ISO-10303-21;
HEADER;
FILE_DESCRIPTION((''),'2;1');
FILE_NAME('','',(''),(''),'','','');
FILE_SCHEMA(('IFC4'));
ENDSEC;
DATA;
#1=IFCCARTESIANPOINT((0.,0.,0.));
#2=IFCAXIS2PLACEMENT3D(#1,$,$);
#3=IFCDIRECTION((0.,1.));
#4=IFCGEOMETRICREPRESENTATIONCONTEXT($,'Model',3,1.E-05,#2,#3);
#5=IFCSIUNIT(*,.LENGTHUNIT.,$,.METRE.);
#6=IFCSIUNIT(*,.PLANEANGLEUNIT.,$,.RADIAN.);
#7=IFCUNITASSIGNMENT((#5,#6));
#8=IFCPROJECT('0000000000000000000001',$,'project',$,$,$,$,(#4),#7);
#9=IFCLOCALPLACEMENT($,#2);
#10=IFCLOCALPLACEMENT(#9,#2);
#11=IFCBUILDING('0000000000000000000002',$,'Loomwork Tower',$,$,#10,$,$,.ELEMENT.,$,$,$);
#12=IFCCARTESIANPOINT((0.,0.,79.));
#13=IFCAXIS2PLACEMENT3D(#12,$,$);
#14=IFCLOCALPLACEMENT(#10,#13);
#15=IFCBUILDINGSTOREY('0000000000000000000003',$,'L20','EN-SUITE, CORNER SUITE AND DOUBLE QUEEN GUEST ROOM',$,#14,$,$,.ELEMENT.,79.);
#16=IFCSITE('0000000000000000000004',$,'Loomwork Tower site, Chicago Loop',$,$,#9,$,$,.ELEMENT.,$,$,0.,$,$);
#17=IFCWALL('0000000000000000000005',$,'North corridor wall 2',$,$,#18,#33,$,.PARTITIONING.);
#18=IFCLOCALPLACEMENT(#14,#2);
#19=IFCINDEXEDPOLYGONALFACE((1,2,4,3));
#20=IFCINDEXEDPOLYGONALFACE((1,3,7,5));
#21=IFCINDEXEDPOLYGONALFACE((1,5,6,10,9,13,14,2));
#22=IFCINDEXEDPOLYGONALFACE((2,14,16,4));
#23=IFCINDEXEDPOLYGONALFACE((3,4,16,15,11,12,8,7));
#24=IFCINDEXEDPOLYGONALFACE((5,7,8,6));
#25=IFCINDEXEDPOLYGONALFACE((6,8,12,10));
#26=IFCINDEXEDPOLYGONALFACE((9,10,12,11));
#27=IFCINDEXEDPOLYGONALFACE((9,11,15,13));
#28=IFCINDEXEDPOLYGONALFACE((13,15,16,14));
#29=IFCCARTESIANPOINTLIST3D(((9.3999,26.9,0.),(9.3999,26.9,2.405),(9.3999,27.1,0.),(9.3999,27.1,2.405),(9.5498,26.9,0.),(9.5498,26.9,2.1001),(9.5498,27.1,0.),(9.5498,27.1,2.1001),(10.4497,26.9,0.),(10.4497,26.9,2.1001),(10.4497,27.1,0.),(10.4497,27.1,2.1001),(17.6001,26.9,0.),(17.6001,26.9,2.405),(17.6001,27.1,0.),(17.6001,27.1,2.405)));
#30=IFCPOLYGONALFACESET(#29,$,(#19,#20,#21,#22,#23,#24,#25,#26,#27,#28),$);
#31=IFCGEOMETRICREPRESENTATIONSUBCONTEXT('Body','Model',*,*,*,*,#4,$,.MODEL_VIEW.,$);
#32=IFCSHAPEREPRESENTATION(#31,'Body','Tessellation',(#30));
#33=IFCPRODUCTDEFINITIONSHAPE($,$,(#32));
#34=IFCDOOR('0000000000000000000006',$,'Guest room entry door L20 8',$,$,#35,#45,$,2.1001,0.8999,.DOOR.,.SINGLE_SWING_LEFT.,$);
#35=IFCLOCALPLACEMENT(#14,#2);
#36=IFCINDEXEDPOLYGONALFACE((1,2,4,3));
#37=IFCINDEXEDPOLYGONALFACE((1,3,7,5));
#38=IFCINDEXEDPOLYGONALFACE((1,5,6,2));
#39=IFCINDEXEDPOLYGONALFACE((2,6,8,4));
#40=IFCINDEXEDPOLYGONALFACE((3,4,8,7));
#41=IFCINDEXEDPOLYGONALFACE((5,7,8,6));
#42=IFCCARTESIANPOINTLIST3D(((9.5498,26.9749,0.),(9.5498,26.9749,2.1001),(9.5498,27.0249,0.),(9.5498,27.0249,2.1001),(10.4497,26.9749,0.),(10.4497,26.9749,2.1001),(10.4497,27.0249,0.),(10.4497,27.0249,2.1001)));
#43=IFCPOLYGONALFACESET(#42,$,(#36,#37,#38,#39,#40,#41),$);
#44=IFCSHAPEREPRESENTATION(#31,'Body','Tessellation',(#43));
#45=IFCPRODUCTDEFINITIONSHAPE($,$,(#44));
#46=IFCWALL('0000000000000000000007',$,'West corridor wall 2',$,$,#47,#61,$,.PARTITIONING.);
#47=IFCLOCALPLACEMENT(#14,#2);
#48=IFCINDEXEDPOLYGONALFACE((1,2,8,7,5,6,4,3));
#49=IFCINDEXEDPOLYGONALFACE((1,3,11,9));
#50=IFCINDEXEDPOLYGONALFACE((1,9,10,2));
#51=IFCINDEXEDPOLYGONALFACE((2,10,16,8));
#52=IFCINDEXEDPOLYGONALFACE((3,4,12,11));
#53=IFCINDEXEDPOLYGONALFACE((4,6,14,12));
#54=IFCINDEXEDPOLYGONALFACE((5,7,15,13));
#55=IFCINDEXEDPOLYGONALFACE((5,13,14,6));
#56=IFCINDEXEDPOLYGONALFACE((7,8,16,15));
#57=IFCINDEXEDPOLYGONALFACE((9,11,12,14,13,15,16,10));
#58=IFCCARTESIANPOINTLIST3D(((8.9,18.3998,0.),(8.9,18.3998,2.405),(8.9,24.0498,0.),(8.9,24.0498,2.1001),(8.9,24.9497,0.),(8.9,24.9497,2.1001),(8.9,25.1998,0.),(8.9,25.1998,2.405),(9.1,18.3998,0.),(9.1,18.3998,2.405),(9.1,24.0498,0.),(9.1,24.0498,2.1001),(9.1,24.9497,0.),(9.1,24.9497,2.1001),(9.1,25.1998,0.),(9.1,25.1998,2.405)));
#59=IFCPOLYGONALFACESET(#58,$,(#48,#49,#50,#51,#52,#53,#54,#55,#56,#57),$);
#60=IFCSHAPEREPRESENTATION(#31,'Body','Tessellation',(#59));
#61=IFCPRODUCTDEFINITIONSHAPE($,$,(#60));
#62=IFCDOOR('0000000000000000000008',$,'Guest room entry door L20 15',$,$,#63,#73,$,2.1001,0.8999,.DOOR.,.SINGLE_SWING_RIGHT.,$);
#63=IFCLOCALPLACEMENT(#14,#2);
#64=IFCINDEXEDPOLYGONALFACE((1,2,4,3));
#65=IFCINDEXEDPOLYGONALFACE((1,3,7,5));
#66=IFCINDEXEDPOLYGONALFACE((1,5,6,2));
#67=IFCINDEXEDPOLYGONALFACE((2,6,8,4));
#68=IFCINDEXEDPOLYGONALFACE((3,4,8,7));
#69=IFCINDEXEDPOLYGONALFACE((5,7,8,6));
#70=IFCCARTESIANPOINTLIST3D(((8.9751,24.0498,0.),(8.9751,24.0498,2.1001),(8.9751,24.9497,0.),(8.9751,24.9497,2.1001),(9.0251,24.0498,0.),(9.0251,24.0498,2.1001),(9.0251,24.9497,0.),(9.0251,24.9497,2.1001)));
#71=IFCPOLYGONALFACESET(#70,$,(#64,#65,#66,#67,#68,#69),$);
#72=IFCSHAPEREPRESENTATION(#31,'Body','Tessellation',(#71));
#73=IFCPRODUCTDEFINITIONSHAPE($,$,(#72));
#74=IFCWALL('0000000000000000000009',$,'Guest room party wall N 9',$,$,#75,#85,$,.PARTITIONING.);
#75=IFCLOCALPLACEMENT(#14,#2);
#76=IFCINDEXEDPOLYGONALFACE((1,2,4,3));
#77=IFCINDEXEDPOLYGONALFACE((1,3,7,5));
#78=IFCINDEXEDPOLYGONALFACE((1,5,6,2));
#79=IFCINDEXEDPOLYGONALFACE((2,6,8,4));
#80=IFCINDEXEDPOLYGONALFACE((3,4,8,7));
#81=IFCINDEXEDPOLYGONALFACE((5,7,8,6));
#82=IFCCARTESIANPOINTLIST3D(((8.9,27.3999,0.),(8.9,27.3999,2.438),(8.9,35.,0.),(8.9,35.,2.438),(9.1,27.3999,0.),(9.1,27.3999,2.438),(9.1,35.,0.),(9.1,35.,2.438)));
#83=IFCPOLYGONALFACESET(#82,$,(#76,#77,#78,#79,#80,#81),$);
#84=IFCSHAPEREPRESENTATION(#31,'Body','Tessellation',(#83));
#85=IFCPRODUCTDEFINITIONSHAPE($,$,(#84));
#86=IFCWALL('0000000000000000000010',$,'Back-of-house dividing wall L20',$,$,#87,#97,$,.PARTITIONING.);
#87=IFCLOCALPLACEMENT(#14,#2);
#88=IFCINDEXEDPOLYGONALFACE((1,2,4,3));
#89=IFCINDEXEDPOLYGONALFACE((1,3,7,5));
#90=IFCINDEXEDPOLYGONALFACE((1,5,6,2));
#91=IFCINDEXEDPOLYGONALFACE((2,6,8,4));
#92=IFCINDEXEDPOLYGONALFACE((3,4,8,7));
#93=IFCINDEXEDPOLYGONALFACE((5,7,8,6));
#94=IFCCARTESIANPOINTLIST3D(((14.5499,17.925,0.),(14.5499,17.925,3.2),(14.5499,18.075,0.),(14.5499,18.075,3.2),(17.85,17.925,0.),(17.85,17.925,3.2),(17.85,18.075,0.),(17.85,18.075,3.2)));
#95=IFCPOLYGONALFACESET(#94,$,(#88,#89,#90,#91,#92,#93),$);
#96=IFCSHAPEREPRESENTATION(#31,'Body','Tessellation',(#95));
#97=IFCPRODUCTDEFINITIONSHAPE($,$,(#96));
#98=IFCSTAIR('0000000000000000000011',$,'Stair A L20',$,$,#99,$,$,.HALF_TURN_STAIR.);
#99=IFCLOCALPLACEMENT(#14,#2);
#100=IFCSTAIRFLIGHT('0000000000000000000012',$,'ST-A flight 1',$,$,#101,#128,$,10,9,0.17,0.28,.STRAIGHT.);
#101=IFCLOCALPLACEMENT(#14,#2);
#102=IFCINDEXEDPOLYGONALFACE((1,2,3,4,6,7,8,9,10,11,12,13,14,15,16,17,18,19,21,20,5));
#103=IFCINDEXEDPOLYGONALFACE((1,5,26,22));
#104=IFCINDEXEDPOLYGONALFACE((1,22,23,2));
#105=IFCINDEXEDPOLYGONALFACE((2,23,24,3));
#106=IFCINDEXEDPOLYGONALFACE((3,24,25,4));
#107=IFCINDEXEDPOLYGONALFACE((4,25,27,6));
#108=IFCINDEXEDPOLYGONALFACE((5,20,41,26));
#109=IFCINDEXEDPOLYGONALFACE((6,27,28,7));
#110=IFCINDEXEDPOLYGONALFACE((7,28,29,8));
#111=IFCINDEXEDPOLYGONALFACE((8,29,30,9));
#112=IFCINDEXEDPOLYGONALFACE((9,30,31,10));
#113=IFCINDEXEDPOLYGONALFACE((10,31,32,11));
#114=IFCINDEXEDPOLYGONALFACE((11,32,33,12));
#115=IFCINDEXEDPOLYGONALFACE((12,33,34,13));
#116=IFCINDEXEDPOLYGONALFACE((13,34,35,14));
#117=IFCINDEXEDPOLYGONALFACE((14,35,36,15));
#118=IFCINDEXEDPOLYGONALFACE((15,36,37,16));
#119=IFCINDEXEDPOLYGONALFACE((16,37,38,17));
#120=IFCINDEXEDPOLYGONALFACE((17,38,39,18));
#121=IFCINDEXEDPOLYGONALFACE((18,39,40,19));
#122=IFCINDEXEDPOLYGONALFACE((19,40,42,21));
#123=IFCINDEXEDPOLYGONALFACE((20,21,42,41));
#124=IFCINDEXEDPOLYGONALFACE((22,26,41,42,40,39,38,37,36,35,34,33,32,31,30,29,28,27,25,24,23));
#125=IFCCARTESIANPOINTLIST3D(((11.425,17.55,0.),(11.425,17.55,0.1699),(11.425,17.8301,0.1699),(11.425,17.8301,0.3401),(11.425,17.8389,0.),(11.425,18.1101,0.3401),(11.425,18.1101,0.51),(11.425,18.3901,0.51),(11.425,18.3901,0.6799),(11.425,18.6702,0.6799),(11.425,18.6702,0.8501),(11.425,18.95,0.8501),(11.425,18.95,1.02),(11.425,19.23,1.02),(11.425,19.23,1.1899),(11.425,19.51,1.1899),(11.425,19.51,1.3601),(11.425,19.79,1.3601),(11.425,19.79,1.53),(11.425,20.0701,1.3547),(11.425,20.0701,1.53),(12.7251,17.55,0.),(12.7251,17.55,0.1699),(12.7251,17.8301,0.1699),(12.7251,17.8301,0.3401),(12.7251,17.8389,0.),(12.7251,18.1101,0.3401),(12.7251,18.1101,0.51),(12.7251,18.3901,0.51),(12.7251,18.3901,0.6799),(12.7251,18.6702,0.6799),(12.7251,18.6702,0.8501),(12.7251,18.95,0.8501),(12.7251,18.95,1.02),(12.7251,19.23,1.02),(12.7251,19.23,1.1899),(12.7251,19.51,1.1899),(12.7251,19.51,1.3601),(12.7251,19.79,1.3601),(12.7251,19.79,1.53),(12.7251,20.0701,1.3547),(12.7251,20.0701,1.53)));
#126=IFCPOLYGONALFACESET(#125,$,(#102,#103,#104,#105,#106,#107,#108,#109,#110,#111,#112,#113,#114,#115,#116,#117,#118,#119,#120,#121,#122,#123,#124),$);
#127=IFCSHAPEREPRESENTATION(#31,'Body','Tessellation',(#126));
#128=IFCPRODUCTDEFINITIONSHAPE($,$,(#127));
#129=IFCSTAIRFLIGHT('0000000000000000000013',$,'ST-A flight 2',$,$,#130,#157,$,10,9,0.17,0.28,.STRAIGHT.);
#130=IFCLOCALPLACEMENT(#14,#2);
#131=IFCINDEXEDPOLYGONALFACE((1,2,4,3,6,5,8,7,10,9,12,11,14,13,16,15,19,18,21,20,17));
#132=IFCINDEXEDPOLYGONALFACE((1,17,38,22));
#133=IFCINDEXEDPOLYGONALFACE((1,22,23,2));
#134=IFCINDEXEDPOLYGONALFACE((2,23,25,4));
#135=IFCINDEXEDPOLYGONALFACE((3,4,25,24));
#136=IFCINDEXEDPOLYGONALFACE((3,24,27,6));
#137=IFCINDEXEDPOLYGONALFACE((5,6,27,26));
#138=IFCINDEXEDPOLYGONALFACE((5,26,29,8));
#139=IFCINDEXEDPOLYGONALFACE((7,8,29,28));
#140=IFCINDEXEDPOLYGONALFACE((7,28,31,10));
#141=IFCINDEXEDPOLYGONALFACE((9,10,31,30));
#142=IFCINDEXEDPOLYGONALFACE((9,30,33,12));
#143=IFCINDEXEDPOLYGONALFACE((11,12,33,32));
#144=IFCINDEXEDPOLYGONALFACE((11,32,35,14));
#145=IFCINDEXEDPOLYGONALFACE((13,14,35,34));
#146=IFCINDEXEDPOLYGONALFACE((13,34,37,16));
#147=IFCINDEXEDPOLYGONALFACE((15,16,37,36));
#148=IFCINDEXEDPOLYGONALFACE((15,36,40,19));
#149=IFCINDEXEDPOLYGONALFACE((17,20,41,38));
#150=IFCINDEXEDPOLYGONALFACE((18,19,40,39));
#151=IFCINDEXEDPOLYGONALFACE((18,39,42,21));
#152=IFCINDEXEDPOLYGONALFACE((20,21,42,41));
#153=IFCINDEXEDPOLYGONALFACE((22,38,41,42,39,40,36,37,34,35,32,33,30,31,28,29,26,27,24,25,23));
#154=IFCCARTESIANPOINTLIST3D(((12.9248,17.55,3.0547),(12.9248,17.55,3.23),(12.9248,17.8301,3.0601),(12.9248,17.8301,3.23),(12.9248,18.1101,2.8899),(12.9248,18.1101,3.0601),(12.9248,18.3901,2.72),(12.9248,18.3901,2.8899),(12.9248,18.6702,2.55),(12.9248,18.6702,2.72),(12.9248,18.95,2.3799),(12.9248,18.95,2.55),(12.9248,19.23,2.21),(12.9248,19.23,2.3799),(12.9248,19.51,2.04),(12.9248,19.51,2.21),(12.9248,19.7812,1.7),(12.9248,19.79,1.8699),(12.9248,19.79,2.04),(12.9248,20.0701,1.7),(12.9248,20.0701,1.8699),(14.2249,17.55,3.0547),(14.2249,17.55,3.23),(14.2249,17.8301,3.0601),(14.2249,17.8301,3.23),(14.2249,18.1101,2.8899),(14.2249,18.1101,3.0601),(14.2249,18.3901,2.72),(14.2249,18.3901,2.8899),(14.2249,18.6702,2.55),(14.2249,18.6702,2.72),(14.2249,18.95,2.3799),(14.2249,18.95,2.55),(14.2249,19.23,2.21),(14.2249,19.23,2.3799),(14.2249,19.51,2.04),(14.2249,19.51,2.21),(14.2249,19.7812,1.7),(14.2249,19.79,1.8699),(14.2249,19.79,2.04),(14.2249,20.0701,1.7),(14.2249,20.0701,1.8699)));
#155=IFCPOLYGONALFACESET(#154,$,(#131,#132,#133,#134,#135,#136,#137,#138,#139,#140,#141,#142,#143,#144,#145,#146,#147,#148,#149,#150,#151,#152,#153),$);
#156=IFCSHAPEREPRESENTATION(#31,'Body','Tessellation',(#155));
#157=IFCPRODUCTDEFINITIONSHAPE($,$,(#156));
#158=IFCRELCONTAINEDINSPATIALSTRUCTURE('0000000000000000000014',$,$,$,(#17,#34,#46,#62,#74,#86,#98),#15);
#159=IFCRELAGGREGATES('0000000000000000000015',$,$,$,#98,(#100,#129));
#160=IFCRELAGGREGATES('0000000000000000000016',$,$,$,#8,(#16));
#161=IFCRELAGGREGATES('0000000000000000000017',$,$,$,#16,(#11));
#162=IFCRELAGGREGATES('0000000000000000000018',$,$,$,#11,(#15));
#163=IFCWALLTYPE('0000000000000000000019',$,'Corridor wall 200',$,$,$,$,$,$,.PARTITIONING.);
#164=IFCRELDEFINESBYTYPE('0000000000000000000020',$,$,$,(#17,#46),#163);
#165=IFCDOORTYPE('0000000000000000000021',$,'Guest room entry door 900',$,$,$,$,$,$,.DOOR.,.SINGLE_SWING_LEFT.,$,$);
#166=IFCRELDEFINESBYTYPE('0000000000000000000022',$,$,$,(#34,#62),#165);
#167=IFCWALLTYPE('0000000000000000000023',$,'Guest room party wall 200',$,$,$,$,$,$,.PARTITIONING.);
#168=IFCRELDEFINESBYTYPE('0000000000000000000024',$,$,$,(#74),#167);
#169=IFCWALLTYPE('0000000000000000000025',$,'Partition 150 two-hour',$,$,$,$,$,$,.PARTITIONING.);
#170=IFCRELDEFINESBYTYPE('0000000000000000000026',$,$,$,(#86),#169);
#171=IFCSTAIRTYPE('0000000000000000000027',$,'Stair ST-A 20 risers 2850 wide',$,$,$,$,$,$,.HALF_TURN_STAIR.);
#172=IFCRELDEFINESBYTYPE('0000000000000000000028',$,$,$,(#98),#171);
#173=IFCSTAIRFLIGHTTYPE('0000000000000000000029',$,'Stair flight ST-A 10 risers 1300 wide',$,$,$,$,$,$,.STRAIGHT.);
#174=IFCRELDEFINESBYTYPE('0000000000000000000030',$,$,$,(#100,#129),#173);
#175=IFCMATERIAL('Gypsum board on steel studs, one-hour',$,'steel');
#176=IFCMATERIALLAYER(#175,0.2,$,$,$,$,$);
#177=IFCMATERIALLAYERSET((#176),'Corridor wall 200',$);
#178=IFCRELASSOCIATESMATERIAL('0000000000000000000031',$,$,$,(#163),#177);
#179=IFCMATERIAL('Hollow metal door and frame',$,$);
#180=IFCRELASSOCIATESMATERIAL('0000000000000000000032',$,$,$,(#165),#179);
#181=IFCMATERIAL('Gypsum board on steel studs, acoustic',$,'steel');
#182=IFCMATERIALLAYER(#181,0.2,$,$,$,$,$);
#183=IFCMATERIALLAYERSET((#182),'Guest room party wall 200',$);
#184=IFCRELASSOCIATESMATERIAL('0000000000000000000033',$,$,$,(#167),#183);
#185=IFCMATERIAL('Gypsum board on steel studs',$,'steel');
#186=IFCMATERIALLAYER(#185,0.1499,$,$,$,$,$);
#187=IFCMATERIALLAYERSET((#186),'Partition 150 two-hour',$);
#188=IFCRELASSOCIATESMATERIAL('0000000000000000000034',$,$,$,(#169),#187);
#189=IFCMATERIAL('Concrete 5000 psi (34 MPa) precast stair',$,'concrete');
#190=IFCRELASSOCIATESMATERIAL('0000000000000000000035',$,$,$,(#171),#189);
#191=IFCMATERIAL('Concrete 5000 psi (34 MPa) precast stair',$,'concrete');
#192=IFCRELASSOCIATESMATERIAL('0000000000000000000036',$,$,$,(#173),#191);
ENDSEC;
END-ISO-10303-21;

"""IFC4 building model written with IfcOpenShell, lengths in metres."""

from ifc_helpers import new_model, si_unit, direction, frame, frame_2d, origin, place, context, subcontext, project, spatial, polyline, rectangle, outline, extrude, material, layer, layer_set, type_object, element, fill, aggregate, save


model = new_model("IFC4")

# Units and contexts
model_context = context("Model", 3, precision=1e-05, world=origin(), true_north=direction((0.0, 1.0)))
body_context = subcontext(model_context, "Body", "Model", "MODEL_VIEW")
ifc_project = project(units=[si_unit("LENGTHUNIT", "METRE"), si_unit("PLANEANGLEUNIT", "RADIAN")], contexts=[model_context])

# Site, building, storey
site_placement = place(None, origin())
site = spatial("IfcSite", under=ifc_project, at=site_placement, Name="Loomwork Tower site, Chicago Loop", CompositionType="ELEMENT", RefElevation=0.0)
building_placement = place(site_placement, origin())
building = spatial("IfcBuilding", under=site, at=building_placement, Name="Loomwork Tower", CompositionType="ELEMENT")
storey_placement = place(building_placement, frame((0.0, 0.0, 79.0)))
storey = spatial("IfcBuildingStorey", under=building, at=storey_placement, Name="L20", Description="EN-SUITE, CORNER SUITE AND DOUBLE QUEEN GUEST ROOM", CompositionType="ELEMENT", Elevation=79.0)

# Walls, openings, doors
ifc_material_1 = material(Name="Gypsum board on steel studs, one-hour", Category="steel")
ifc_layer_1 = layer(ifc_material_1, 0.2)
ifc_layer_set_1 = layer_set([ifc_layer_1], Name="Corridor wall 200")
wall_type_1 = type_object("IfcWallType", Name="Corridor wall 200", PredefinedType="PARTITIONING", material=ifc_layer_set_1)
wall_1_placement = place(storey_placement, frame((9.3999, 27.0, 0.0), z_axis=(0.0, 0.0, 1.0), x_axis=(1.0, 0.0, 0.0)))
wall_1 = element("IfcWall", 1, at=wall_1_placement, inside=storey, type_object=wall_type_1, Name="North corridor wall 2", PredefinedType="PARTITIONING", context=body_context, shape_type="SweptSolid", body=[
    extrude(rectangle(XDim=8.2002, YDim=0.2, at=frame_2d((4.1001, 0.0))), origin(), (0.0, 0.0, 1.0), 2.405),
])
opening_1_placement = place(wall_1_placement, frame((0.1499, 0.0, 0.0)))
opening_1 = element("IfcOpeningElement", 2, at=opening_1_placement, cuts=wall_1, PredefinedType="OPENING", context=body_context, shape_type="SweptSolid", body=[
    extrude(rectangle(XDim=0.8999, YDim=2.1001, at=frame_2d((0.45, 1.05))), frame((0.0, 0.1099, 0.0), z_axis=(0.0, -1.0, 0.0), x_axis=(1.0, 0.0, 0.0)), (0.0, 0.0, 1.0), 0.22),
])
ifc_material_2 = material(Name="Hollow metal door and frame")
door_type_1 = type_object("IfcDoorType", Name="Guest room entry door 900", OperationType="SINGLE_SWING_LEFT", PredefinedType="DOOR", material=ifc_material_2)
door_1_placement = place(opening_1_placement, origin())
door_1 = element("IfcDoor", 3, at=door_1_placement, inside=storey, type_object=door_type_1, Name="Guest room entry door L20 8", OperationType="SINGLE_SWING_LEFT", OverallHeight=2.1001, OverallWidth=0.8999, PredefinedType="DOOR", context=body_context, shape_type="SweptSolid", body=[
    extrude(rectangle(XDim=0.8999, YDim=2.1001, at=frame_2d((0.45, 1.05))), frame((0.0, 0.0249, 0.0), z_axis=(0.0, -1.0, 0.0), x_axis=(1.0, 0.0, 0.0)), (0.0, 0.0, 1.0), 0.05),
])
fill(opening_1, door_1)
wall_2_placement = place(storey_placement, frame((9.0, 18.3999, 0.0), z_axis=(0.0, 0.0, 1.0), x_axis=(0.0, 1.0, 0.0)))
wall_2 = element("IfcWall", 4, at=wall_2_placement, inside=storey, type_object=wall_type_1, Name="West corridor wall 2", PredefinedType="PARTITIONING", context=body_context, shape_type="SweptSolid", body=[
    extrude(rectangle(XDim=6.8, YDim=0.2, at=frame_2d((3.3999, 0.0))), origin(), (0.0, 0.0, 1.0), 2.405),
])
opening_2_placement = place(wall_2_placement, frame((5.6499, 0.0, 0.0)))
opening_2 = element("IfcOpeningElement", 5, at=opening_2_placement, cuts=wall_2, PredefinedType="OPENING", context=body_context, shape_type="SweptSolid", body=[
    extrude(rectangle(XDim=0.8999, YDim=2.1001, at=frame_2d((0.45, 1.05))), frame((0.0, 0.1099, 0.0), z_axis=(0.0, -1.0, 0.0), x_axis=(1.0, 0.0, 0.0)), (0.0, 0.0, 1.0), 0.22),
])
door_2_placement = place(opening_2_placement, origin())
door_2 = element("IfcDoor", 6, at=door_2_placement, inside=storey, type_object=door_type_1, Name="Guest room entry door L20 15", OperationType="SINGLE_SWING_RIGHT", OverallHeight=2.1001, OverallWidth=0.8999, PredefinedType="DOOR", context=body_context, shape_type="SweptSolid", body=[
    extrude(rectangle(XDim=0.8999, YDim=2.1001, at=frame_2d((0.45, 1.05))), frame((0.0, 0.0249, 0.0), z_axis=(0.0, -1.0, 0.0), x_axis=(1.0, 0.0, 0.0)), (0.0, 0.0, 1.0), 0.05),
])
fill(opening_2, door_2)

# Walls
ifc_material_3 = material(Name="Gypsum board on steel studs, acoustic", Category="steel")
ifc_layer_2 = layer(ifc_material_3, 0.2)
ifc_layer_set_2 = layer_set([ifc_layer_2], Name="Guest room party wall 200")
wall_type_2 = type_object("IfcWallType", Name="Guest room party wall 200", PredefinedType="PARTITIONING", material=ifc_layer_set_2)
wall_3_placement = place(storey_placement, frame((9.0, 27.3999, 0.0), z_axis=(0.0, 0.0, 1.0), x_axis=(0.0, 1.0, 0.0)))
element("IfcWall", 7, at=wall_3_placement, inside=storey, type_object=wall_type_2, Name="Guest room party wall N 9", PredefinedType="PARTITIONING", context=body_context, shape_type="SweptSolid", body=[
    extrude(rectangle(XDim=7.6001, YDim=0.2, at=frame_2d((3.8, 0.0))), origin(), (0.0, 0.0, 1.0), 2.438),
])
ifc_material_4 = material(Name="Gypsum board on steel studs", Category="steel")
ifc_layer_3 = layer(ifc_material_4, 0.1499)
ifc_layer_set_3 = layer_set([ifc_layer_3], Name="Partition 150 two-hour")
wall_type_3 = type_object("IfcWallType", Name="Partition 150 two-hour", PredefinedType="PARTITIONING", material=ifc_layer_set_3)
wall_4_placement = place(storey_placement, frame((14.55, 18.0, 0.0), z_axis=(0.0, 0.0, 1.0), x_axis=(1.0, 0.0, 0.0)))
element("IfcWall", 8, at=wall_4_placement, inside=storey, type_object=wall_type_3, Name="Back-of-house dividing wall L20", PredefinedType="PARTITIONING", context=body_context, shape_type="SweptSolid", body=[
    extrude(rectangle(XDim=3.3, YDim=0.1499, at=frame_2d((1.6499, 0.0))), origin(), (0.0, 0.0, 1.0), 3.2),
])

# Stair, stair flights
ifc_material_5 = material(Name="Concrete 5000 psi (34 MPa) precast stair", Category="concrete")
stair_type = type_object("IfcStairType", Name="Stair ST-A 20 risers 2850 wide", PredefinedType="HALF_TURN_STAIR", material=ifc_material_5)
stair_placement = place(storey_placement, origin())
stair = element("IfcStair", 9, at=stair_placement, inside=storey, type_object=stair_type, Name="Stair A L20", PredefinedType="HALF_TURN_STAIR")
ifc_material_6 = material(Name="Concrete 5000 psi (34 MPa) precast stair", Category="concrete")
stair_flight_type = type_object("IfcStairFlightType", Name="Stair flight ST-A 10 risers 1300 wide", PredefinedType="STRAIGHT", material=ifc_material_6)
stair_flight_1_placement = place(storey_placement, frame((12.075, 17.55, 0.0), z_axis=(0.0, 0.0, 1.0), x_axis=(0.0, 1.0, 0.0)))
stair_flight_1 = element("IfcStairFlight", 10, at=stair_flight_1_placement, type_object=stair_flight_type, Name="ST-A flight 1", NumberOfRisers=10, NumberOfTreads=9, PredefinedType="STRAIGHT", RiserHeight=0.17, TreadLength=0.28, context=body_context, shape_type="SweptSolid", body=[
    extrude(outline(polyline([(0.0, 0.0), (0.0, 0.1699), (0.28, 0.1699), (0.28, 0.3401), (0.5601, 0.3401), (0.5601, 0.51), (0.8401, 0.51), (0.8401, 0.6799), (1.1201, 0.6799), (1.1201, 0.8501), (1.3999, 0.8501), (1.3999, 1.02), (1.6799, 1.02), (1.6799, 1.1899), (1.96, 1.1899), (1.96, 1.3601), (2.24, 1.3601), (2.24, 1.53), (2.52, 1.53), (2.52, 1.7), (2.52, 1.3547), (0.2888, 0.0), (0.0, 0.0)])), frame((0.0, 0.6499, 0.0), z_axis=(0.0, -1.0, 0.0), x_axis=(1.0, 0.0, 0.0)), (0.0, 0.0, 1.0), 1.3),
])
stair_flight_2_placement = place(storey_placement, frame((13.575, 20.0701, 1.7), z_axis=(0.0, 0.0, 1.0), x_axis=(0.0, -1.0, 0.0)))
stair_flight_2 = element("IfcStairFlight", 11, at=stair_flight_2_placement, type_object=stair_flight_type, Name="ST-A flight 2", NumberOfRisers=10, NumberOfTreads=9, PredefinedType="STRAIGHT", RiserHeight=0.17, TreadLength=0.28, context=body_context, shape_type="SweptSolid", body=[
    extrude(outline(polyline([(0.0, 0.0), (0.0, 0.1699), (0.28, 0.1699), (0.28, 0.3401), (0.5601, 0.3401), (0.5601, 0.51), (0.8401, 0.51), (0.8401, 0.6799), (1.1201, 0.6799), (1.1201, 0.8501), (1.3999, 0.8501), (1.3999, 1.02), (1.6799, 1.02), (1.6799, 1.1899), (1.96, 1.1899), (1.96, 1.3601), (2.24, 1.3601), (2.24, 1.53), (2.52, 1.53), (2.52, 1.7), (2.52, 1.3547), (0.2888, 0.0), (0.0, 0.0)])), frame((0.0, 0.6499, 0.0), z_axis=(0.0, -1.0, 0.0), x_axis=(1.0, 0.0, 0.0)), (0.0, 0.0, 1.0), 1.3),
])
aggregate(stair, [stair_flight_1, stair_flight_2])

save(model, "model.ifc")
